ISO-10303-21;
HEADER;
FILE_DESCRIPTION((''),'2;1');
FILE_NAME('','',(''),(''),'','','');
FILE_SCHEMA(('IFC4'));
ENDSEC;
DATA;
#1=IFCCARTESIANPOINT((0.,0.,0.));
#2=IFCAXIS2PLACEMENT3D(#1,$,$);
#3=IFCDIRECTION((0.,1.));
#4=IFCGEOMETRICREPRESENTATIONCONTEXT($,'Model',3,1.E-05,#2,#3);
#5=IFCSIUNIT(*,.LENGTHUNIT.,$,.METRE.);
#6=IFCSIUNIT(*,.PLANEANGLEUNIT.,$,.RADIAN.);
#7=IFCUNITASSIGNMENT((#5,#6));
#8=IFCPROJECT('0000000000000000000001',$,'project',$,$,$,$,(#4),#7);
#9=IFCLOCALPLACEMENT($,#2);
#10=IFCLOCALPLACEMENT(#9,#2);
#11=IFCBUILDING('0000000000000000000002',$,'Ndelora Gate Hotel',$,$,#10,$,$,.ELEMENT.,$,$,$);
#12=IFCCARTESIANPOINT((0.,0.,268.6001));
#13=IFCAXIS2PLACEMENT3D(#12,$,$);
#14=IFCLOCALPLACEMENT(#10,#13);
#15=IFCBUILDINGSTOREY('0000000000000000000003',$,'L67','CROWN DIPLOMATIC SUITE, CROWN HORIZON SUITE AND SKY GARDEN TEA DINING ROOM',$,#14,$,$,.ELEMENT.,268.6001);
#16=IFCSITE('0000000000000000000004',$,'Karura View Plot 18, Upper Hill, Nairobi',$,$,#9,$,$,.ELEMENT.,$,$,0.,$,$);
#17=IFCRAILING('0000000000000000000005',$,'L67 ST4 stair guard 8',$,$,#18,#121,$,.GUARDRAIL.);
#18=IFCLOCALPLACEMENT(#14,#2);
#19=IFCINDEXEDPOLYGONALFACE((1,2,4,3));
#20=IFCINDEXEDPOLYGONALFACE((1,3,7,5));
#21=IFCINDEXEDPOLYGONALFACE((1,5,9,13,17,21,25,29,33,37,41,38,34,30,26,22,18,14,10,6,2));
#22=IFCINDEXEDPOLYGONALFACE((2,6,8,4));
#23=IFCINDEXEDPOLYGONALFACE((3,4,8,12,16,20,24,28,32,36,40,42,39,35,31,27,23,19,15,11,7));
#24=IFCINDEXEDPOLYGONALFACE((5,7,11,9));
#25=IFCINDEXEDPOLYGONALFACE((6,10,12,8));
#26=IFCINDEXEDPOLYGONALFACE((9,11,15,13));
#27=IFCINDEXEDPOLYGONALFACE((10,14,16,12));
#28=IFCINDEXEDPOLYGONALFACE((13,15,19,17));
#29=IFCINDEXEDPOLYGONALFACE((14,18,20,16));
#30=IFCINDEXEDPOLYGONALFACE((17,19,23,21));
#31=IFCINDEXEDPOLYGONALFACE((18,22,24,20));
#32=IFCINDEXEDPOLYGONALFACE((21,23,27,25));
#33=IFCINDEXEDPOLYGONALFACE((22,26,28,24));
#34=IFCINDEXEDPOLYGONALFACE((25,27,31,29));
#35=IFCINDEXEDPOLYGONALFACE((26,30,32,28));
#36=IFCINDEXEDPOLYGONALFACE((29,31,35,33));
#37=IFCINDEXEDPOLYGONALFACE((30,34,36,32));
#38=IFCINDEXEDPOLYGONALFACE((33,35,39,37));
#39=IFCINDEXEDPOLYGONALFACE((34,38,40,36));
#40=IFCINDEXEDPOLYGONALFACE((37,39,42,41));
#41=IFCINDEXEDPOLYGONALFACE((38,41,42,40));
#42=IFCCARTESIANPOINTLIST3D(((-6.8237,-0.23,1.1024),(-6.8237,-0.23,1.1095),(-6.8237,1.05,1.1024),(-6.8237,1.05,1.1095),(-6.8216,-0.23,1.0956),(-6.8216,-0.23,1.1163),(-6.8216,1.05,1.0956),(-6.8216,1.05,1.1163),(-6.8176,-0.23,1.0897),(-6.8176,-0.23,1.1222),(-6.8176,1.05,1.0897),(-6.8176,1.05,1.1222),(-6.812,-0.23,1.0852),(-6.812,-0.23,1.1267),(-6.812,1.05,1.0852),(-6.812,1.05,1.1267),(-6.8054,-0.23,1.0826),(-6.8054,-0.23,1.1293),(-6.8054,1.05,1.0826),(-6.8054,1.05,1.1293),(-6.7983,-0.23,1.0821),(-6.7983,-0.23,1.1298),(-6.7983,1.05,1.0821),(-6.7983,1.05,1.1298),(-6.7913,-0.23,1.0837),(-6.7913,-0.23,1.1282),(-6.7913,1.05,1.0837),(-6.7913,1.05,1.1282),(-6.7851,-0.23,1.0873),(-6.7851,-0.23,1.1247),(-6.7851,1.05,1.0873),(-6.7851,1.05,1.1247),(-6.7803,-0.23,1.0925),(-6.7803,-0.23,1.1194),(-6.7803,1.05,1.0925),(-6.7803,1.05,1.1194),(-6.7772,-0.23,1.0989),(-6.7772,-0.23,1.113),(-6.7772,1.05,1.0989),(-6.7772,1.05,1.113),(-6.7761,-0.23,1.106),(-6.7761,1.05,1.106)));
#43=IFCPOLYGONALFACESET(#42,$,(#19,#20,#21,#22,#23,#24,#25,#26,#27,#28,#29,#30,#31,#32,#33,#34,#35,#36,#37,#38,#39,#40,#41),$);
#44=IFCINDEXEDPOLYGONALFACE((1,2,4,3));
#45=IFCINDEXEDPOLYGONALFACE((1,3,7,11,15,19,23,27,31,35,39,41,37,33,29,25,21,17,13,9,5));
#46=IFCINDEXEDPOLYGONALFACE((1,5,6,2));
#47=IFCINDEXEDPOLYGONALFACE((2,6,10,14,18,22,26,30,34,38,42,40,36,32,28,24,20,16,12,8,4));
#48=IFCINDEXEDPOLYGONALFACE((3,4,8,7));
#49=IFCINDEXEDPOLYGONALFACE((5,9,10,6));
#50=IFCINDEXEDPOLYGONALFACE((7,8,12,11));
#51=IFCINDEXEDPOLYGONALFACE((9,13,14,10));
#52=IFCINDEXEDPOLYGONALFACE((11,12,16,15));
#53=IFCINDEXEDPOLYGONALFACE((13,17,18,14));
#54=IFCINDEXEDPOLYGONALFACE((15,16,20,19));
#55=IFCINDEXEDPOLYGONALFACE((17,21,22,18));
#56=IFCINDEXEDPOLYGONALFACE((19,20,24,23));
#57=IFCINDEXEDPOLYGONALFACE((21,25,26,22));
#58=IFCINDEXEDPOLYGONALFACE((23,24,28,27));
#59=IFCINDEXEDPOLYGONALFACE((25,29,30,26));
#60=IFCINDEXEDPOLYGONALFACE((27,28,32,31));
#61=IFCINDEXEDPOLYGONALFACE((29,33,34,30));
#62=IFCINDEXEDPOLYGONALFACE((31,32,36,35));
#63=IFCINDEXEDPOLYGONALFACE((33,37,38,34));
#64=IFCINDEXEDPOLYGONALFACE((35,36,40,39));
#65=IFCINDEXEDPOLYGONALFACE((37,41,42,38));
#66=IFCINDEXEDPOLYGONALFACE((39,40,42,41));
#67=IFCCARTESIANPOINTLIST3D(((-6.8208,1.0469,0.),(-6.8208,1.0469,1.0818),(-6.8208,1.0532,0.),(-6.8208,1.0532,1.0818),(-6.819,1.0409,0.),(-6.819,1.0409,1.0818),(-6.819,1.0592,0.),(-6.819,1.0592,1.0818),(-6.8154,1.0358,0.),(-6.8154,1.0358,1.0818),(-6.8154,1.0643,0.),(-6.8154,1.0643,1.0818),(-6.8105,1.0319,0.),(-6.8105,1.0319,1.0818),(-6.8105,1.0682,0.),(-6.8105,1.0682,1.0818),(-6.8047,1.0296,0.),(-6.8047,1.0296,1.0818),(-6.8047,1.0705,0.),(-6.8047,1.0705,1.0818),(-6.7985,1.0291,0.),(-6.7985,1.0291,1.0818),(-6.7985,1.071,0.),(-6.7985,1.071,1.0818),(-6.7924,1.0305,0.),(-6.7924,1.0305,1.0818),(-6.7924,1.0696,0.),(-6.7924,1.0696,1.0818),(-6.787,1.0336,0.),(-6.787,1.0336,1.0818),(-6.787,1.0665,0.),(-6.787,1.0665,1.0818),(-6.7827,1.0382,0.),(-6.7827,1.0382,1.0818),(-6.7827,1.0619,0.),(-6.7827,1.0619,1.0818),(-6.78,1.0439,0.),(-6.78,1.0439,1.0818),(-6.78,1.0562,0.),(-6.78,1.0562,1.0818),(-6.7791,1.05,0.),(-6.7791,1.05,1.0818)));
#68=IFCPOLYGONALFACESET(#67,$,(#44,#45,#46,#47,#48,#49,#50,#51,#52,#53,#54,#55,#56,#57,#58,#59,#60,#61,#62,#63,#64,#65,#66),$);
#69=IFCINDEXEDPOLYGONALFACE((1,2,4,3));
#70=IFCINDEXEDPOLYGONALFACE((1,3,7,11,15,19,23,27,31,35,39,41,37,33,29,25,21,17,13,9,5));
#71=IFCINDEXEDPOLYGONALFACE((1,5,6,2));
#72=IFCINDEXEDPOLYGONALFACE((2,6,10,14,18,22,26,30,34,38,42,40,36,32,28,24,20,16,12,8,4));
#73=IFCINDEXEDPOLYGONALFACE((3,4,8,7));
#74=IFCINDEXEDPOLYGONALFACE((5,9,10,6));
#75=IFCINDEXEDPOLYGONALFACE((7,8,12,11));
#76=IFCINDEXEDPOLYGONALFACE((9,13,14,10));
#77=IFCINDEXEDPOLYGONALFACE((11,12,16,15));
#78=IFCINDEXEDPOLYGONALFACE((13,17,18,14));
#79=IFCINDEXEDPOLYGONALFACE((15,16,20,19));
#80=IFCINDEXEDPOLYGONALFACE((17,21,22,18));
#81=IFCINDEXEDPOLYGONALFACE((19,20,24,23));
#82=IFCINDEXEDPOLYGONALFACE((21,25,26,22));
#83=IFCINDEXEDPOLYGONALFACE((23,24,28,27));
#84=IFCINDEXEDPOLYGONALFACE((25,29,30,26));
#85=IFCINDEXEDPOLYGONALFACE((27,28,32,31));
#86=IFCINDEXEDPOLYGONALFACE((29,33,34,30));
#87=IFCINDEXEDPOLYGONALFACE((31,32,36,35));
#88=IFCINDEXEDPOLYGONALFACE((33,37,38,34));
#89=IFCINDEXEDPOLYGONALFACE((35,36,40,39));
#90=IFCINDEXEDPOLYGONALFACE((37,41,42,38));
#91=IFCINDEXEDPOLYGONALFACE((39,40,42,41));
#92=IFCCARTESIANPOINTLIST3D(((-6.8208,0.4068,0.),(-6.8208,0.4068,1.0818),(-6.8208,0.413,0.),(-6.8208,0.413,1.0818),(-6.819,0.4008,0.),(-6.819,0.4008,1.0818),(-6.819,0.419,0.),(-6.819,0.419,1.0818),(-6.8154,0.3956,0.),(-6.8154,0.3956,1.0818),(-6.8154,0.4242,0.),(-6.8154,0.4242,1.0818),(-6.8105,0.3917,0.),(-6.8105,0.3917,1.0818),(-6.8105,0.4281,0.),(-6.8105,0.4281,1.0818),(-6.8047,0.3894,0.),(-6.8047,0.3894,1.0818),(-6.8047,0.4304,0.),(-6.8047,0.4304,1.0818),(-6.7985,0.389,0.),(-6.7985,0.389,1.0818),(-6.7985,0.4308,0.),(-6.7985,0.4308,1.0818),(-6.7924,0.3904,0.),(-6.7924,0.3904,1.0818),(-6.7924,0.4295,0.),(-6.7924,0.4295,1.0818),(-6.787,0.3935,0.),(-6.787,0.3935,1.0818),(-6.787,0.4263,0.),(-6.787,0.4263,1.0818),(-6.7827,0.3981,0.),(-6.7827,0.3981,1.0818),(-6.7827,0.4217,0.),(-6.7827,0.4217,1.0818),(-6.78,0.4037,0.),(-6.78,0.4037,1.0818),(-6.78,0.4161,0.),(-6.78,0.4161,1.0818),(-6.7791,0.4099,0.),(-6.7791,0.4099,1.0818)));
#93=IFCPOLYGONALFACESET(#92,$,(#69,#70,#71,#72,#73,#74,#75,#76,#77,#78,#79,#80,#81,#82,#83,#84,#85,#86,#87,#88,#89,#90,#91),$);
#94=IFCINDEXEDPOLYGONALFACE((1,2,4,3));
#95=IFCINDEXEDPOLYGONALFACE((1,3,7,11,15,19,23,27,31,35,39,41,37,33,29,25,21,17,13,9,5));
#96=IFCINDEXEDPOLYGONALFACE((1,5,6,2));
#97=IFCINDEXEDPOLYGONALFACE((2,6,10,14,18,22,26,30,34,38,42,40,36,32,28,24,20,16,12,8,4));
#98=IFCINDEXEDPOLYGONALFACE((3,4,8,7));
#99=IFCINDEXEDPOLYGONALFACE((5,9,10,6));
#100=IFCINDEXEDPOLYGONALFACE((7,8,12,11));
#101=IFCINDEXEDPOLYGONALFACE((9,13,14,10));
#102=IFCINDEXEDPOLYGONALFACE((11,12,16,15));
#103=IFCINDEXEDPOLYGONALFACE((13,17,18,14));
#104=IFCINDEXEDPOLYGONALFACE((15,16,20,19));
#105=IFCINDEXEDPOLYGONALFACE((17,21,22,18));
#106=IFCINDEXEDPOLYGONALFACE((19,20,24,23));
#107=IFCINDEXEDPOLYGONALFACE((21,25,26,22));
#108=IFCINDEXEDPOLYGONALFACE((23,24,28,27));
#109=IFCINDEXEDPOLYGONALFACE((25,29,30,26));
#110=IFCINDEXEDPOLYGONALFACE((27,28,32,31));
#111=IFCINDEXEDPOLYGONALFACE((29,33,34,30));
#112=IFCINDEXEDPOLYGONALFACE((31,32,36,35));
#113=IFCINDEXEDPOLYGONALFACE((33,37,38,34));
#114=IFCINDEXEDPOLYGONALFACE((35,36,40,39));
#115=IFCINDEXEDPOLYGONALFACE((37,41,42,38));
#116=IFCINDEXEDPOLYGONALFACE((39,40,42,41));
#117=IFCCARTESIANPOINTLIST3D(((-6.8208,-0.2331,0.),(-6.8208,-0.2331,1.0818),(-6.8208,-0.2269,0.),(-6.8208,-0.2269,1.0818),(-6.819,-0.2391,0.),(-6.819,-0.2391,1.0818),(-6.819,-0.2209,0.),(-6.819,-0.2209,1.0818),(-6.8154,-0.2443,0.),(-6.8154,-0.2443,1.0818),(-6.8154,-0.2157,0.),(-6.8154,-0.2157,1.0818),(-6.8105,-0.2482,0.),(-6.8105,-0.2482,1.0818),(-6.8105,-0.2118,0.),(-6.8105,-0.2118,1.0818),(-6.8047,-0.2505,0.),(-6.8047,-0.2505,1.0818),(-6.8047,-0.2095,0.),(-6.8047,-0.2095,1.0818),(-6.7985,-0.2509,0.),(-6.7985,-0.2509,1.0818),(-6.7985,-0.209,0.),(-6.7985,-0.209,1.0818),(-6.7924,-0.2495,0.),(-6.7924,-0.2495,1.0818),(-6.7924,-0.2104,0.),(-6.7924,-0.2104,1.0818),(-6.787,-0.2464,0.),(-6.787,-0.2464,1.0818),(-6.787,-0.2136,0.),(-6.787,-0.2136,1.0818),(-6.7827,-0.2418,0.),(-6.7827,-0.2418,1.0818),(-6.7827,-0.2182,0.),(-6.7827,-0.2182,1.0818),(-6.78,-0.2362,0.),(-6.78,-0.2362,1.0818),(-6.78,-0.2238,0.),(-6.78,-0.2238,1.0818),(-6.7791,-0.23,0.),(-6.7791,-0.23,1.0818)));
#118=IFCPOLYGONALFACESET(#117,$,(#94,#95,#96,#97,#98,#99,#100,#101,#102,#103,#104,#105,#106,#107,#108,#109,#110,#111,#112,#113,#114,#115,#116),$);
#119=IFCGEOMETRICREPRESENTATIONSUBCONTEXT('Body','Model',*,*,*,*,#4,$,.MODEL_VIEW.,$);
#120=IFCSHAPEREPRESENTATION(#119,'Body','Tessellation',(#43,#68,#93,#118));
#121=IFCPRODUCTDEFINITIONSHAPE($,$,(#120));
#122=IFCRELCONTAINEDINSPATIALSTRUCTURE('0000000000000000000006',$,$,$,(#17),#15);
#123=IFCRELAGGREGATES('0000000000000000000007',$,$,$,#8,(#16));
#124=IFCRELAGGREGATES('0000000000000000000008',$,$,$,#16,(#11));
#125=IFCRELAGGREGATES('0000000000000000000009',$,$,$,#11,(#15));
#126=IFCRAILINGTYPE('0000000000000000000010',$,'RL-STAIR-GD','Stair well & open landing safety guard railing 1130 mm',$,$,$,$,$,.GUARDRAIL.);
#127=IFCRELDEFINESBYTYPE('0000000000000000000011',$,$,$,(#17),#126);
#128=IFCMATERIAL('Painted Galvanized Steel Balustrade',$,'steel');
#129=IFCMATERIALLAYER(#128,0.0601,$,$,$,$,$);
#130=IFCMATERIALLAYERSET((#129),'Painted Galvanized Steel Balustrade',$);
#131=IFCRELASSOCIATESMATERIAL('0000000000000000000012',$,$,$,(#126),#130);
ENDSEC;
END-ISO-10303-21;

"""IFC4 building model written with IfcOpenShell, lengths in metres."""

from ifc_helpers import new_model, si_unit, direction, frame, origin, origin_2d, place, context, subcontext, project, spatial, circle, extrude, material, layer, layer_set, type_object, element, save


model = new_model("IFC4")

# Units and contexts
model_context = context("Model", 3, precision=1e-05, world=origin(), true_north=direction((0.0, 1.0)))
body_context = subcontext(model_context, "Body", "Model", "MODEL_VIEW")
ifc_project = project(units=[si_unit("LENGTHUNIT", "METRE"), si_unit("PLANEANGLEUNIT", "RADIAN")], contexts=[model_context])

# Site, building, storey
site_placement = place(None, origin())
site = spatial("IfcSite", under=ifc_project, at=site_placement, Name="Karura View Plot 18, Upper Hill, Nairobi", CompositionType="ELEMENT", RefElevation=0.0)
building_placement = place(site_placement, origin())
building = spatial("IfcBuilding", under=site, at=building_placement, Name="Ndelora Gate Hotel", CompositionType="ELEMENT")
storey_placement = place(building_placement, frame((0.0, 0.0, 268.6001)))
storey = spatial("IfcBuildingStorey", under=building, at=storey_placement, Name="L67", Description="CROWN DIPLOMATIC SUITE, CROWN HORIZON SUITE AND SKY GARDEN TEA DINING ROOM", CompositionType="ELEMENT", Elevation=268.6001)

# Railing
ifc_material_1 = material(Name="Painted Galvanized Steel Balustrade", Category="steel")
ifc_layer_1 = layer(ifc_material_1, 0.0601)
ifc_layer_set_1 = layer_set([ifc_layer_1], Name="Painted Galvanized Steel Balustrade")
railing_type = type_object("IfcRailingType", Name="RL-STAIR-GD", Description="Stair well & open landing safety guard railing 1130 mm", PredefinedType="GUARDRAIL", material=ifc_layer_set_1)
for number, where, name in (
    (1, (-6.8, 1.05, 0.0), "L67 ST4 stair guard 8"),
):
    element("IfcRailing", number, at=place(storey_placement, frame(where)), inside=storey, type_object=railing_type, Name=name, PredefinedType="GUARDRAIL", context=body_context, shape_type="SweptSolid", body=[
        extrude(circle(Radius=0.0239, at=origin_2d()), frame((0.0, 0.0, 1.106), z_axis=(0.0, -1.0, 0.0), x_axis=(1.0, 0.0, 0.0)), (0.0, 0.0, 1.0), 1.28),
        extrude(circle(Radius=0.021, at=origin_2d()), origin(), (0.0, 0.0, 1.0), 1.0818),
        extrude(circle(Radius=0.021, at=origin_2d()), frame((0.0, -0.6401, 0.0)), (0.0, 0.0, 1.0), 1.0818),
        extrude(circle(Radius=0.021, at=origin_2d()), frame((0.0, -1.28, 0.0)), (0.0, 0.0, 1.0), 1.0818),
    ])

save(model, "model.ifc")
